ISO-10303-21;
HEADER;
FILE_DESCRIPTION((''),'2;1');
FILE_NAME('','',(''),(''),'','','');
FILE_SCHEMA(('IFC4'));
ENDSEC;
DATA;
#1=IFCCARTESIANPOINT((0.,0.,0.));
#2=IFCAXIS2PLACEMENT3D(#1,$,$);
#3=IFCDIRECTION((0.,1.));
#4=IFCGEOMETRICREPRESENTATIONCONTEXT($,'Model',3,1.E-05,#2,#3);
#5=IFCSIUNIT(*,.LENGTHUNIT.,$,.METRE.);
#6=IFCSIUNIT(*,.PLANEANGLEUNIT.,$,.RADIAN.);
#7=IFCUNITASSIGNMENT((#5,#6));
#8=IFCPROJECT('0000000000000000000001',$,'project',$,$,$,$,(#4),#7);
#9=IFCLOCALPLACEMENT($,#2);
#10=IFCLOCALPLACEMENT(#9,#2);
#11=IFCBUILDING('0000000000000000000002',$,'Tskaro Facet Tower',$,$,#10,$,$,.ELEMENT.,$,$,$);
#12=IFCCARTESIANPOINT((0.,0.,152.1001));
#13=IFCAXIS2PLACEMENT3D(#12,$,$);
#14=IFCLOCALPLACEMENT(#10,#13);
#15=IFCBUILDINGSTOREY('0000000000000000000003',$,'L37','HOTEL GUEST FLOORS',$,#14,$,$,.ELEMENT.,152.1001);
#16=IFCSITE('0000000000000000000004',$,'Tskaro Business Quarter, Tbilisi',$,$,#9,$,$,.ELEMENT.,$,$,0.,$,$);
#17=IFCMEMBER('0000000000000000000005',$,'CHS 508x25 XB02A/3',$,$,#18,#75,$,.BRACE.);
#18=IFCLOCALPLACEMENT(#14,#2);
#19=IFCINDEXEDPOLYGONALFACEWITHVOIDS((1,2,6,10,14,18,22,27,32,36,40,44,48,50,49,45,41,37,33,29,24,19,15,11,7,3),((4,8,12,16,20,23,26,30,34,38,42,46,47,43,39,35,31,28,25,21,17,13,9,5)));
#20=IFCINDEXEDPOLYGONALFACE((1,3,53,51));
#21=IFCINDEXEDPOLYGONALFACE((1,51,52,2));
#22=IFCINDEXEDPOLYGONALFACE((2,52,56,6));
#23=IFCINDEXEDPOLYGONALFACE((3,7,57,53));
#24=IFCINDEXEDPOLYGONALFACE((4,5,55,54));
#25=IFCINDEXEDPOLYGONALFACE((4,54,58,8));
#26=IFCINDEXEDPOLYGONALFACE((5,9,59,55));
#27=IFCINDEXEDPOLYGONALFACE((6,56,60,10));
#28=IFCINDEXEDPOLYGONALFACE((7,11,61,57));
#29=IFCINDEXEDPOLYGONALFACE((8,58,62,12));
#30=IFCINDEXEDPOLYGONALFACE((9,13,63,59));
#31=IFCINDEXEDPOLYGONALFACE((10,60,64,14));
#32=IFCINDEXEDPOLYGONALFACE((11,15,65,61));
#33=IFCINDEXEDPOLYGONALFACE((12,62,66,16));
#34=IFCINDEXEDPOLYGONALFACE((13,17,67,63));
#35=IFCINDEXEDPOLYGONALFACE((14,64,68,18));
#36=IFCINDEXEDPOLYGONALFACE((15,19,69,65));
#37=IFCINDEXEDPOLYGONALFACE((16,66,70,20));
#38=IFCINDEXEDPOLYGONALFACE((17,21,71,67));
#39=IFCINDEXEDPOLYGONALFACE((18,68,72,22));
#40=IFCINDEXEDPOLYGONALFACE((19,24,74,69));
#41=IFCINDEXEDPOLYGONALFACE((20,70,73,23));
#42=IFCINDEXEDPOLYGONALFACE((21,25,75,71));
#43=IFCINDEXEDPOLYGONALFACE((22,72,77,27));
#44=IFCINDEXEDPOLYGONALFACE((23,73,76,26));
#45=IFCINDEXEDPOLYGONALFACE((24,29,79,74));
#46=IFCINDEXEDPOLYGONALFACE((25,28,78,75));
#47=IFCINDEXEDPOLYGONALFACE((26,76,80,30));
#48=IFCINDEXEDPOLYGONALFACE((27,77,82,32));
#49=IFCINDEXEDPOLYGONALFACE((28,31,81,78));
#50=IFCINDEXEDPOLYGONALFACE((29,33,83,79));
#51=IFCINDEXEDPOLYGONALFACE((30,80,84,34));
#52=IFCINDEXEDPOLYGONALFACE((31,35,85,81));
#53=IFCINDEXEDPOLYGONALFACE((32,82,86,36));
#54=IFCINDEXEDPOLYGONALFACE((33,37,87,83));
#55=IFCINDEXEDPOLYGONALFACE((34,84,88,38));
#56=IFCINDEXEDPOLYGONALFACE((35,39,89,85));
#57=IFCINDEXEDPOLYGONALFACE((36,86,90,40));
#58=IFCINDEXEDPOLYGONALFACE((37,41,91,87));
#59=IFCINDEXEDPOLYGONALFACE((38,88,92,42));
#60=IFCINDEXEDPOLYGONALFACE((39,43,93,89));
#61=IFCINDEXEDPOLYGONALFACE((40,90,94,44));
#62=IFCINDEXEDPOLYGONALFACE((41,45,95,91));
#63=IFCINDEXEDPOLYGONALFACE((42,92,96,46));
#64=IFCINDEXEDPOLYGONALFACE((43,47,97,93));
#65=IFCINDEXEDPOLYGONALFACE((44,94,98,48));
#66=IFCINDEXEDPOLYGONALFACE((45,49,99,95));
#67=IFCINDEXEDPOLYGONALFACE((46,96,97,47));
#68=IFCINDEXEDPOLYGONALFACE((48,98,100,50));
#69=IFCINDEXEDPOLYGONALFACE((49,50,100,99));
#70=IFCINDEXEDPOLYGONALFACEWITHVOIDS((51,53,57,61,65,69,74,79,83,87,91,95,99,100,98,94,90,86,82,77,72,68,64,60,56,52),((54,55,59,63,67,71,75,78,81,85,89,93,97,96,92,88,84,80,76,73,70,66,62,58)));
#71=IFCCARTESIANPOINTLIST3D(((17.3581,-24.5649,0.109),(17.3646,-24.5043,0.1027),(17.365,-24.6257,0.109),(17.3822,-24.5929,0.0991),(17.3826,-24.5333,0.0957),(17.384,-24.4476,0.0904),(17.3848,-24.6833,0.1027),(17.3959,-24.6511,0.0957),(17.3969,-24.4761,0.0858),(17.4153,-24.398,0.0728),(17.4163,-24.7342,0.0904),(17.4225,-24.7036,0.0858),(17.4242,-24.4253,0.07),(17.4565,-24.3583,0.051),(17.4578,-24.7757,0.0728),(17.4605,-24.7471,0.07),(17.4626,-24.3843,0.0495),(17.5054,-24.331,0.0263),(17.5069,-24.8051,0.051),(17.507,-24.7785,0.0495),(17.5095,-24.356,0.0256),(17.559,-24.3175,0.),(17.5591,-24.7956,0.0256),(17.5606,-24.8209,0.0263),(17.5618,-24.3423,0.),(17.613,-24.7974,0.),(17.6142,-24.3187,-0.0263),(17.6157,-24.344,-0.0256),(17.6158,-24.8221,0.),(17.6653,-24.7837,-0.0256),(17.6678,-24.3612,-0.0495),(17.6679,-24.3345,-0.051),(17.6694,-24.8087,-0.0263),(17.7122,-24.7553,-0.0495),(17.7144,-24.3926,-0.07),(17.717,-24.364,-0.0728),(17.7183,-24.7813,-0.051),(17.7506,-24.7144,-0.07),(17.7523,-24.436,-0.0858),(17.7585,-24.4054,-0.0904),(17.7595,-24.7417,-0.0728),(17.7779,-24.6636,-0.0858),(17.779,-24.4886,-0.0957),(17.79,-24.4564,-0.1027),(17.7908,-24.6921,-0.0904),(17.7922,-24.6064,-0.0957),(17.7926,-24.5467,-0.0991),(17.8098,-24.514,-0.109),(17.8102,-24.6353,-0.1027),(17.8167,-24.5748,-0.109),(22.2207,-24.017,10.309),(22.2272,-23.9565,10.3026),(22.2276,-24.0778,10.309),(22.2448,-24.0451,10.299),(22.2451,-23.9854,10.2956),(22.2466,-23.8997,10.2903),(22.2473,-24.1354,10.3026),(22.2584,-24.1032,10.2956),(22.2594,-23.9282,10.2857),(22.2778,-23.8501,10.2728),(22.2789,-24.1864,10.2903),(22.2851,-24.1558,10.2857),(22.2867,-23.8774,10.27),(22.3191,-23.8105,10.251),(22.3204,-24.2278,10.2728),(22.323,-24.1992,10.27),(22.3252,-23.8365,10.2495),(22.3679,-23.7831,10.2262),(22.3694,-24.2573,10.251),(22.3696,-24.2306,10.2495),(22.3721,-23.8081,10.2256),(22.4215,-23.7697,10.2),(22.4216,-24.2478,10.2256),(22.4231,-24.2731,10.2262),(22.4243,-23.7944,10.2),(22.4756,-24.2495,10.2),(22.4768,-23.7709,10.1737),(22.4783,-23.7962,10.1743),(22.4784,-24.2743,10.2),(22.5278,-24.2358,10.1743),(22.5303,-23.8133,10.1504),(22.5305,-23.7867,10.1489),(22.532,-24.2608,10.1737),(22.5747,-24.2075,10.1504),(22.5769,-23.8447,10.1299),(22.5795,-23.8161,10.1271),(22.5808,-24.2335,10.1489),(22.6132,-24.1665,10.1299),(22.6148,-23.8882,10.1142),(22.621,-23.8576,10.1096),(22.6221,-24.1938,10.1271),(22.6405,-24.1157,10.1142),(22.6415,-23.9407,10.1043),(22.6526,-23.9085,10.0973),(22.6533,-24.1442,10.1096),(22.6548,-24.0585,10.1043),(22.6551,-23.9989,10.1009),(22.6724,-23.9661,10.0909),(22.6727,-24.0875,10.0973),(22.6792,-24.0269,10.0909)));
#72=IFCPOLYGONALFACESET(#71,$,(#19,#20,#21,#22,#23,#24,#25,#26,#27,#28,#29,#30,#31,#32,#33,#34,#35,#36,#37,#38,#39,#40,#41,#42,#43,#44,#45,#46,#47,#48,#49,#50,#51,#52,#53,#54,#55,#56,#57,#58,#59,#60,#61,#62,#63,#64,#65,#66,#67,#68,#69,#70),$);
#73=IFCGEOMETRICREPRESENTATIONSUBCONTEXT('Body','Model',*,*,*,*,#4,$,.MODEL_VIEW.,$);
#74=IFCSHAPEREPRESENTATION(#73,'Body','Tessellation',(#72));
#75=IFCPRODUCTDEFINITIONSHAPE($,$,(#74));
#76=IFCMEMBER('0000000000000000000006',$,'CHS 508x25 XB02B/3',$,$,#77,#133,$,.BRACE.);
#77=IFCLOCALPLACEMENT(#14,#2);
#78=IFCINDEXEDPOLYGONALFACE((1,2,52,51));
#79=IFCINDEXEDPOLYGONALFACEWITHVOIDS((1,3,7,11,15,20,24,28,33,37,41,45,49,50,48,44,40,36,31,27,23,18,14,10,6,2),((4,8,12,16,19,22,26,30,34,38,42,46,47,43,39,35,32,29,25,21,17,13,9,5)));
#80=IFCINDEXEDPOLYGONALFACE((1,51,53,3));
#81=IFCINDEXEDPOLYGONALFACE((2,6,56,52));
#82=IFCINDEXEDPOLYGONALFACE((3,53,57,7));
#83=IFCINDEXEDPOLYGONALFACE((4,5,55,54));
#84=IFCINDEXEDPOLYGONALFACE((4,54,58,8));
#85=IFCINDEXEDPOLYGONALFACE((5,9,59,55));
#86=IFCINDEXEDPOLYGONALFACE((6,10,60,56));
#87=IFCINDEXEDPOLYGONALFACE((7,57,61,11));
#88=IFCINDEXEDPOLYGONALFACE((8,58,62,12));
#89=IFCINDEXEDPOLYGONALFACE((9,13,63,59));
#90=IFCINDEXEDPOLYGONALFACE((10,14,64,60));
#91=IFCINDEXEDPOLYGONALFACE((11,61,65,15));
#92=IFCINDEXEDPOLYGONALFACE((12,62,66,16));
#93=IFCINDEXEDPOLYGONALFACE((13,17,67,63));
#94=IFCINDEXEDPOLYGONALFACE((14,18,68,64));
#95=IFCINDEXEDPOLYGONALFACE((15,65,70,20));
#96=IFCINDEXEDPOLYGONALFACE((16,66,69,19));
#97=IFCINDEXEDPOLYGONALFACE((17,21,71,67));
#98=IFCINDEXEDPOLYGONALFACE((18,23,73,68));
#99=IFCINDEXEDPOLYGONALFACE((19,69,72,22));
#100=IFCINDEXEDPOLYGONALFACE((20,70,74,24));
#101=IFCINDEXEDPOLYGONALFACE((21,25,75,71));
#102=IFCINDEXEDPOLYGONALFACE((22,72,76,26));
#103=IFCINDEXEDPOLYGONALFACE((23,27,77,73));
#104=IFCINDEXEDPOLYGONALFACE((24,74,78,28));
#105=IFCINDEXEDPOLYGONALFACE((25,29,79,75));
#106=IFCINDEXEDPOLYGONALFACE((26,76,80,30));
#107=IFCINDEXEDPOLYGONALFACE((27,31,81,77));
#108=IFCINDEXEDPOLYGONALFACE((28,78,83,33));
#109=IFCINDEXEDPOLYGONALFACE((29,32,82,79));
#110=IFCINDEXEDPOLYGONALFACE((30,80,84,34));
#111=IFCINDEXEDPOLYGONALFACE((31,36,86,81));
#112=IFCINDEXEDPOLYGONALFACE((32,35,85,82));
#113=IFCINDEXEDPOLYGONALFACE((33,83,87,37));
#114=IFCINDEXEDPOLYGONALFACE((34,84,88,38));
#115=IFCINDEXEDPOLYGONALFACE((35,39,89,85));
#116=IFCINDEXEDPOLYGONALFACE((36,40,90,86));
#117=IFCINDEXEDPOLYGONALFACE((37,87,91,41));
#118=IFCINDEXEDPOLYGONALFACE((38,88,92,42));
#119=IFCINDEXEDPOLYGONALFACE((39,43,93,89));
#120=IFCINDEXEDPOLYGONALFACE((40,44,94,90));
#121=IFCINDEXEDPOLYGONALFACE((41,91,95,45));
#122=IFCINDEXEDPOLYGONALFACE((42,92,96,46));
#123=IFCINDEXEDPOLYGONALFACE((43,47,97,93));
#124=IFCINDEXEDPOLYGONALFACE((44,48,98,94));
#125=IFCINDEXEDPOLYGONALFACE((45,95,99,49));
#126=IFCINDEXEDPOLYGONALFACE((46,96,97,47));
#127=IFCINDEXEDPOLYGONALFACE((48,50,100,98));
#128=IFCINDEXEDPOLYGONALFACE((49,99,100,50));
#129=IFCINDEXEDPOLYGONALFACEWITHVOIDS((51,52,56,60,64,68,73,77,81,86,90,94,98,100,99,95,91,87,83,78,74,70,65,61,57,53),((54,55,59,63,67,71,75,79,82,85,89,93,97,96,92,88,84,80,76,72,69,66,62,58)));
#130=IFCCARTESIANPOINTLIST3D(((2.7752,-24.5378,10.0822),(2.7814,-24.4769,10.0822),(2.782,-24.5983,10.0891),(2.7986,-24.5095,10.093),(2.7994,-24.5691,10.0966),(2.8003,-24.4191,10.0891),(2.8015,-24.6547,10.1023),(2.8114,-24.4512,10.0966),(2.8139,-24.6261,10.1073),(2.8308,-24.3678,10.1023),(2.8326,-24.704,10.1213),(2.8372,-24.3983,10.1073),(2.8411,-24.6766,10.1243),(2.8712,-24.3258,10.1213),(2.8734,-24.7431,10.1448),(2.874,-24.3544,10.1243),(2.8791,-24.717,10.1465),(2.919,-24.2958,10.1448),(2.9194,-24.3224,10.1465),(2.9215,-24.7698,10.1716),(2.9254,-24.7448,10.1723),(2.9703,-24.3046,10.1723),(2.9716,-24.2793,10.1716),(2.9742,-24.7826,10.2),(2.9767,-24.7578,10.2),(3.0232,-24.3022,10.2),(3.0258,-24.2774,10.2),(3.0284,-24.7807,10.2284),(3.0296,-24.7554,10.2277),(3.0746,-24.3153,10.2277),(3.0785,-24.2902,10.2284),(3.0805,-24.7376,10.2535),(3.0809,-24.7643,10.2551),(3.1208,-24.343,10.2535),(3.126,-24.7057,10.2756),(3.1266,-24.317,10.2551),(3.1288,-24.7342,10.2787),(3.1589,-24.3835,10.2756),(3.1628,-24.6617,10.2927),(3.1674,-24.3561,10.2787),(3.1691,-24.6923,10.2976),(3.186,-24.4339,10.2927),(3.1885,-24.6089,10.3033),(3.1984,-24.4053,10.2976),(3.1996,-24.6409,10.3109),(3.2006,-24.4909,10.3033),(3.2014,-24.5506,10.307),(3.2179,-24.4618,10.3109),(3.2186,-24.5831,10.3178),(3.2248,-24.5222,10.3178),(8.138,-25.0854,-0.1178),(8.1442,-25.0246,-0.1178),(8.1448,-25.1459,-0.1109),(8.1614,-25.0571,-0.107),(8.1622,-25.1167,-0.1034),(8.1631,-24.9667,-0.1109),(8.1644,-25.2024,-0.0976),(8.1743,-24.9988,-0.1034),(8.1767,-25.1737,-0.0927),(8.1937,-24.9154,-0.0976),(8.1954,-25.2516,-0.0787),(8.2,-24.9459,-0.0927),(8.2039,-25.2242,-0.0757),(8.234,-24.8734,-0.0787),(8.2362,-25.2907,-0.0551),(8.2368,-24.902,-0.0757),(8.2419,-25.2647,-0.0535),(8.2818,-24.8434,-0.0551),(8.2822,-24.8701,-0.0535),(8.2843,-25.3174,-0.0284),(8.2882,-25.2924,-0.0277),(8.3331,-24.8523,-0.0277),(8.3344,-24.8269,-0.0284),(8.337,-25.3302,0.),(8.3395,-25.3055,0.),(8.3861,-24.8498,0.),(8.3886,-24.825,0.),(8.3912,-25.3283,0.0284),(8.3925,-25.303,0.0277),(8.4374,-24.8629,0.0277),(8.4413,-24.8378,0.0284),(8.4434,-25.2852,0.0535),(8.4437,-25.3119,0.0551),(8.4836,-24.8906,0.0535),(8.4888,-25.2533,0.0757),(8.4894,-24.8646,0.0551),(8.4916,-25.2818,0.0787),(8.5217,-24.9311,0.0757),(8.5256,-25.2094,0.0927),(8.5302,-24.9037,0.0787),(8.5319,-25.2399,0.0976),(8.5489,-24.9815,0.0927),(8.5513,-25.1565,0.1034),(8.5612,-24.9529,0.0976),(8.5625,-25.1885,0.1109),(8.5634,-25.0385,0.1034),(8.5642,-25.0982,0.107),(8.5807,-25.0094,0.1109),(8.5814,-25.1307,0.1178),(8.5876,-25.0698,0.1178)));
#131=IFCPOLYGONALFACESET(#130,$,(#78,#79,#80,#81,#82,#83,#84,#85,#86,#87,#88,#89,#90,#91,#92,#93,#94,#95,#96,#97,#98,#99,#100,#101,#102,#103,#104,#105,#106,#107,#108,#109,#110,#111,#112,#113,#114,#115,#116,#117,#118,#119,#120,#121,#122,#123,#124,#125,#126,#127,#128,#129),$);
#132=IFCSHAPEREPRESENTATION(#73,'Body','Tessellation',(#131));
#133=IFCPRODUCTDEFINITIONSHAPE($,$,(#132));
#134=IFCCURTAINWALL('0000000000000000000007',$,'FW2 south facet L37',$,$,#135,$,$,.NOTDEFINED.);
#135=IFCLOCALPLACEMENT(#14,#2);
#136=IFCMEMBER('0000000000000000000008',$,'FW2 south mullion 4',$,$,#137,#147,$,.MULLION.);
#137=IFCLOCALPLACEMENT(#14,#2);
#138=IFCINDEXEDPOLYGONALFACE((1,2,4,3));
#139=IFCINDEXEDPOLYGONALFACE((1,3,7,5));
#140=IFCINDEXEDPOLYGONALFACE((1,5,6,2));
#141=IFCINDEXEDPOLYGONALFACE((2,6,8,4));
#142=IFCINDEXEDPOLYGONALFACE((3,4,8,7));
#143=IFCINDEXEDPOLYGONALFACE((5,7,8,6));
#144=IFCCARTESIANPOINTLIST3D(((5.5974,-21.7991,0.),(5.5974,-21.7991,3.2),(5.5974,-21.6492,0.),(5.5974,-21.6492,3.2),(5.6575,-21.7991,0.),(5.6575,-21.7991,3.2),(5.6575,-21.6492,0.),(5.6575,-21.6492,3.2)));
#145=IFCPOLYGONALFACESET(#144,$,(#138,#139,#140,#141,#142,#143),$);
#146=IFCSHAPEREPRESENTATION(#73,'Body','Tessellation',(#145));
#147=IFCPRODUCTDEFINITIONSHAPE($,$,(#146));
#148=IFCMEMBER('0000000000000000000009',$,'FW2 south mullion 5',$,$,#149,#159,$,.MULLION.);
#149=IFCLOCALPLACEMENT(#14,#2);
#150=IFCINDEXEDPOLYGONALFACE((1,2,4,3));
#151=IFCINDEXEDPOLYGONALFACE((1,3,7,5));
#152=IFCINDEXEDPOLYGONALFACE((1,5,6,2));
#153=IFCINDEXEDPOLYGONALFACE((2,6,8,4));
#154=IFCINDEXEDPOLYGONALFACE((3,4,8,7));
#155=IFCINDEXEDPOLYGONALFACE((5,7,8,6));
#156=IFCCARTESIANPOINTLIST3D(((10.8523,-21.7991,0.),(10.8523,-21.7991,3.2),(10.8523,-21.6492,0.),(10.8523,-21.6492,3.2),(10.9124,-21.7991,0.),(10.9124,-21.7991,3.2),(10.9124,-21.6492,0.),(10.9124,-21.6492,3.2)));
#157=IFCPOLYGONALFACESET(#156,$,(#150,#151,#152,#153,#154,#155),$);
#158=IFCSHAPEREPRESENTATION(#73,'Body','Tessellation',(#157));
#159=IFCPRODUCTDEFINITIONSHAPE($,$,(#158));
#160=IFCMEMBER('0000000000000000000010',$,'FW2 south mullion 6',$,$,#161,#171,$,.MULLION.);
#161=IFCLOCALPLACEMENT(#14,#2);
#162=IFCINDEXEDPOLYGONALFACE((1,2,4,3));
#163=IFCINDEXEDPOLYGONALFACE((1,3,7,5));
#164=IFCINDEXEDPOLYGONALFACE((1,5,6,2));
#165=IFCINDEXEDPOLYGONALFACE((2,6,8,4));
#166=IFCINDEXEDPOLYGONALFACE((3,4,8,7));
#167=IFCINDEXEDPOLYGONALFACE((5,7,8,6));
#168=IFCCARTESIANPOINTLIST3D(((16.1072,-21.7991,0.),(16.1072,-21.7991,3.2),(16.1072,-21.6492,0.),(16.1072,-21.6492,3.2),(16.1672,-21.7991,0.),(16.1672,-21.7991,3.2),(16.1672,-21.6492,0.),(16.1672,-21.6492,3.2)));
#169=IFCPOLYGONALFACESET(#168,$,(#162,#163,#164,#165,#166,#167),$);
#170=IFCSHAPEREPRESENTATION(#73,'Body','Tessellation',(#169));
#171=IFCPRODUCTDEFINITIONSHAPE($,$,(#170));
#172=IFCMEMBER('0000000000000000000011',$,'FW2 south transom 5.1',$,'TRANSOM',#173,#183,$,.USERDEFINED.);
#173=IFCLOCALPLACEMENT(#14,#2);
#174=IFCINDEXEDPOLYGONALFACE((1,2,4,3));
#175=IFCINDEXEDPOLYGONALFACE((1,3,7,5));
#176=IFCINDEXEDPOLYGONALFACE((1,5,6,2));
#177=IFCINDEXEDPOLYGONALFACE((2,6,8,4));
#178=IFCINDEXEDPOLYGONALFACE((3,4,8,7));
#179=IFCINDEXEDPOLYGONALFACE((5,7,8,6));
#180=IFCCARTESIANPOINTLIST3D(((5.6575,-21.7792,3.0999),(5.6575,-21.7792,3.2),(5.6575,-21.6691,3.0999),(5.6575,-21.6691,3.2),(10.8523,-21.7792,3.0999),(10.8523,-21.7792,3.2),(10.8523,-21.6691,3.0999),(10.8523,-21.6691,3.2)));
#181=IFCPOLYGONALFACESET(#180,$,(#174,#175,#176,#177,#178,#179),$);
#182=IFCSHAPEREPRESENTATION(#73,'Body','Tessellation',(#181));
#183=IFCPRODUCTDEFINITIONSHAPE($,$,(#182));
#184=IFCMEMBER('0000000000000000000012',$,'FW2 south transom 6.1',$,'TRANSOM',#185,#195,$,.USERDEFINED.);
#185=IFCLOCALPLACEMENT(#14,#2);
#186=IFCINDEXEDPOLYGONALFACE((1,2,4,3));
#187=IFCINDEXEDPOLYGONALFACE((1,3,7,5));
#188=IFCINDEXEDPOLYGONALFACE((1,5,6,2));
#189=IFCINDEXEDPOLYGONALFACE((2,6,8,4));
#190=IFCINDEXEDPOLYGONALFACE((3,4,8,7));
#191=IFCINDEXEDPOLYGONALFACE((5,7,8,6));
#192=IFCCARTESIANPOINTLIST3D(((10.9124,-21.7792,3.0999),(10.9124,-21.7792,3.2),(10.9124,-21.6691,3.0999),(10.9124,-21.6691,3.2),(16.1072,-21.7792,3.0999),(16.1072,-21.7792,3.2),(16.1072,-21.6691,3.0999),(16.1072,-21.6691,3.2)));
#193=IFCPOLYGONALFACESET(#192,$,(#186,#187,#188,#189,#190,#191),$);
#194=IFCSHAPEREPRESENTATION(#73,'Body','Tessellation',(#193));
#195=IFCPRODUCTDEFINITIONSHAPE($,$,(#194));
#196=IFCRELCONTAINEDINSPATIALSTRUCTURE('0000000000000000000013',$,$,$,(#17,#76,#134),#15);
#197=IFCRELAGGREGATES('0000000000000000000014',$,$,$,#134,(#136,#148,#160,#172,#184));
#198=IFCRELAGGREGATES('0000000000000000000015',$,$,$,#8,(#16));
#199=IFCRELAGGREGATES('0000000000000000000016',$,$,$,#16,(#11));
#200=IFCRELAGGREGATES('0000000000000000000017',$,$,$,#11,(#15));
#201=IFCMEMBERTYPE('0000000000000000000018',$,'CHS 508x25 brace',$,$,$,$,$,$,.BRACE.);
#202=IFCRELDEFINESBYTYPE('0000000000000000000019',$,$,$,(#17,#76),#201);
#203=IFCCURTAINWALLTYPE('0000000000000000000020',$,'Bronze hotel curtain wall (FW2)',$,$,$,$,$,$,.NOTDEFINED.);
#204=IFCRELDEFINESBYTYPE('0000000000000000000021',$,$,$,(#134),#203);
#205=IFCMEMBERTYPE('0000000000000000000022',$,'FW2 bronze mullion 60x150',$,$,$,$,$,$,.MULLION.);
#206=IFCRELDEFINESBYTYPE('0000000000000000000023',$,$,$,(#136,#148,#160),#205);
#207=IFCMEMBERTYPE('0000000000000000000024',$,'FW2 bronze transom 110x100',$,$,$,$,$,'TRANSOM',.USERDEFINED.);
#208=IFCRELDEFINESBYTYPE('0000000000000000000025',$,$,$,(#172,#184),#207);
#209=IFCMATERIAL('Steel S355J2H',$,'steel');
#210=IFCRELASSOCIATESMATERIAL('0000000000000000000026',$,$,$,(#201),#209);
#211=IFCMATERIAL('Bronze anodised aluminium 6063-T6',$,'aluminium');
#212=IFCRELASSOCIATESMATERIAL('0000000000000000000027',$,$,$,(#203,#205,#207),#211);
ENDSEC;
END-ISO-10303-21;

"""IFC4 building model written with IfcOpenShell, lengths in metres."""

from ifc_helpers import new_model, si_unit, direction, frame, origin, origin_2d, place, context, subcontext, project, spatial, rectangle, hollow_circle, extrude, material, material_profile, profile_set, type_object, element, aggregate, save


model = new_model("IFC4")

# Units and contexts
model_context = context("Model", 3, precision=1e-05, world=origin(), true_north=direction((0.0, 1.0)))
body_context = subcontext(model_context, "Body", "Model", "MODEL_VIEW")
ifc_project = project(units=[si_unit("LENGTHUNIT", "METRE"), si_unit("PLANEANGLEUNIT", "RADIAN")], contexts=[model_context])

# Site, building, storey
site_placement = place(None, origin())
site = spatial("IfcSite", under=ifc_project, at=site_placement, Name="Tskaro Business Quarter, Tbilisi", CompositionType="ELEMENT", RefElevation=0.0)
building_placement = place(site_placement, origin())
building = spatial("IfcBuilding", under=site, at=building_placement, Name="Tskaro Facet Tower", CompositionType="ELEMENT")
storey_placement = place(building_placement, frame((0.0, 0.0, 152.1001)))
storey = spatial("IfcBuildingStorey", under=building, at=storey_placement, Name="L37", Description="HOTEL GUEST FLOORS", CompositionType="ELEMENT", Elevation=152.1001)

# Shared definitions
ifc_material_1 = material(Name="Steel S355J2H", Category="steel")

# Members
ifc_material_profile_1 = material_profile(ifc_material_1, hollow_circle(Radius=0.2539, WallThickness=0.0249, at=origin_2d()), Name="CHS 508x25")
ifc_profile_set_1 = profile_set([ifc_material_profile_1], Name="Steel S355J2H")
member_type_1 = type_object("IfcMemberType", Name="CHS 508x25 brace", PredefinedType="BRACE", material=ifc_profile_set_1)
member_1_placement = place(storey_placement, frame((17.5874, -24.5698, 0.0), z_axis=(0.42982, 0.048427, 0.901615), x_axis=(-0.111959, 0.993713, 0.0)))
element("IfcMember", 1, at=member_1_placement, inside=storey, type_object=member_type_1, Name="CHS 508x25 XB02A/3", PredefinedType="BRACE", context=body_context, shape_type="SweptSolid", body=[
    extrude(hollow_circle(Radius=0.2539, WallThickness=0.0249, at=origin_2d()), origin(), (0.0, 0.0, 1.0), 11.313),
])
member_2_placement = place(storey_placement, frame((8.3628, -25.0776, 0.0), z_axis=(-0.464841, 0.047466, 0.884121), x_axis=(-0.101584, -0.994827, 0.0)))
element("IfcMember", 2, at=member_2_placement, inside=storey, type_object=member_type_1, Name="CHS 508x25 XB02B/3", PredefinedType="BRACE", context=body_context, shape_type="SweptSolid", body=[
    extrude(hollow_circle(Radius=0.2539, WallThickness=0.0249, at=origin_2d()), origin(), (0.0, 0.0, 1.0), 11.5369),
])

# Curtain wall, members
ifc_material_2 = material(Name="Bronze anodised aluminium 6063-T6", Category="aluminium")
curtain_wall_type = type_object("IfcCurtainWallType", Name="Bronze hotel curtain wall (FW2)", PredefinedType="NOTDEFINED", material=ifc_material_2)
curtain_wall_placement = place(storey_placement, origin())
curtain_wall = element("IfcCurtainWall", 3, at=curtain_wall_placement, inside=storey, type_object=curtain_wall_type, Name="FW2 south facet L37", PredefinedType="NOTDEFINED")
ifc_material_profile_2 = material_profile(ifc_material_2, rectangle(XDim=0.0601, YDim=0.1499, at=origin_2d()), Name="Mullion 60x150")
ifc_profile_set_2 = profile_set([ifc_material_profile_2], Name="Bronze anodised aluminium 6063-T6")
member_type_2 = type_object("IfcMemberType", Name="FW2 bronze mullion 60x150", PredefinedType="MULLION", material=ifc_profile_set_2)
member_3_placement = place(storey_placement, frame((5.6274, -21.7241, 0.0), z_axis=(0.0, 0.0, 1.0), x_axis=(1.0, 0.0, 0.0)))
member_3 = element("IfcMember", 4, at=member_3_placement, type_object=member_type_2, Name="FW2 south mullion 4", PredefinedType="MULLION", context=body_context, shape_type="SweptSolid", body=[
    extrude(rectangle(XDim=0.0601, YDim=0.1499, at=origin_2d()), origin(), (0.0, 0.0, 1.0), 3.2),
])
member_4_placement = place(storey_placement, frame((10.8823, -21.7241, 0.0), z_axis=(0.0, 0.0, 1.0), x_axis=(1.0, 0.0, 0.0)))
member_4 = element("IfcMember", 5, at=member_4_placement, type_object=member_type_2, Name="FW2 south mullion 5", PredefinedType="MULLION", context=body_context, shape_type="SweptSolid", body=[
    extrude(rectangle(XDim=0.0601, YDim=0.1499, at=origin_2d()), origin(), (0.0, 0.0, 1.0), 3.2),
])
member_5_placement = place(storey_placement, frame((16.1372, -21.7241, 0.0), z_axis=(0.0, 0.0, 1.0), x_axis=(1.0, 0.0, 0.0)))
member_5 = element("IfcMember", 6, at=member_5_placement, type_object=member_type_2, Name="FW2 south mullion 6", PredefinedType="MULLION", context=body_context, shape_type="SweptSolid", body=[
    extrude(rectangle(XDim=0.0601, YDim=0.1499, at=origin_2d()), origin(), (0.0, 0.0, 1.0), 3.2),
])
ifc_material_profile_3 = material_profile(ifc_material_2, rectangle(XDim=0.1101, YDim=0.1001, at=origin_2d()), Name="Transom 110x100")
ifc_profile_set_3 = profile_set([ifc_material_profile_3], Name="Bronze anodised aluminium 6063-T6")
member_type_3 = type_object("IfcMemberType", Name="FW2 bronze transom 110x100", ElementType="TRANSOM", PredefinedType="USERDEFINED", material=ifc_profile_set_3)
member_6_placement = place(storey_placement, frame((5.6575, -21.7241, 3.1499), z_axis=(1.0, 0.0, 0.0), x_axis=(0.0, 1.0, 0.0)))
member_6 = element("IfcMember", 7, at=member_6_placement, type_object=member_type_3, Name="FW2 south transom 5.1", ObjectType="TRANSOM", PredefinedType="USERDEFINED", context=body_context, shape_type="SweptSolid", body=[
    extrude(rectangle(XDim=0.1101, YDim=0.1001, at=origin_2d()), origin(), (0.0, 0.0, 1.0), 5.1948),
])
member_7_placement = place(storey_placement, frame((10.9124, -21.7241, 3.1499), z_axis=(1.0, 0.0, 0.0), x_axis=(0.0, 1.0, 0.0)))
member_7 = element("IfcMember", 8, at=member_7_placement, type_object=member_type_3, Name="FW2 south transom 6.1", ObjectType="TRANSOM", PredefinedType="USERDEFINED", context=body_context, shape_type="SweptSolid", body=[
    extrude(rectangle(XDim=0.1101, YDim=0.1001, at=origin_2d()), origin(), (0.0, 0.0, 1.0), 5.1948),
])

aggregate(curtain_wall, [member_3, member_4, member_5, member_6, member_7])

save(model, "model.ifc")
